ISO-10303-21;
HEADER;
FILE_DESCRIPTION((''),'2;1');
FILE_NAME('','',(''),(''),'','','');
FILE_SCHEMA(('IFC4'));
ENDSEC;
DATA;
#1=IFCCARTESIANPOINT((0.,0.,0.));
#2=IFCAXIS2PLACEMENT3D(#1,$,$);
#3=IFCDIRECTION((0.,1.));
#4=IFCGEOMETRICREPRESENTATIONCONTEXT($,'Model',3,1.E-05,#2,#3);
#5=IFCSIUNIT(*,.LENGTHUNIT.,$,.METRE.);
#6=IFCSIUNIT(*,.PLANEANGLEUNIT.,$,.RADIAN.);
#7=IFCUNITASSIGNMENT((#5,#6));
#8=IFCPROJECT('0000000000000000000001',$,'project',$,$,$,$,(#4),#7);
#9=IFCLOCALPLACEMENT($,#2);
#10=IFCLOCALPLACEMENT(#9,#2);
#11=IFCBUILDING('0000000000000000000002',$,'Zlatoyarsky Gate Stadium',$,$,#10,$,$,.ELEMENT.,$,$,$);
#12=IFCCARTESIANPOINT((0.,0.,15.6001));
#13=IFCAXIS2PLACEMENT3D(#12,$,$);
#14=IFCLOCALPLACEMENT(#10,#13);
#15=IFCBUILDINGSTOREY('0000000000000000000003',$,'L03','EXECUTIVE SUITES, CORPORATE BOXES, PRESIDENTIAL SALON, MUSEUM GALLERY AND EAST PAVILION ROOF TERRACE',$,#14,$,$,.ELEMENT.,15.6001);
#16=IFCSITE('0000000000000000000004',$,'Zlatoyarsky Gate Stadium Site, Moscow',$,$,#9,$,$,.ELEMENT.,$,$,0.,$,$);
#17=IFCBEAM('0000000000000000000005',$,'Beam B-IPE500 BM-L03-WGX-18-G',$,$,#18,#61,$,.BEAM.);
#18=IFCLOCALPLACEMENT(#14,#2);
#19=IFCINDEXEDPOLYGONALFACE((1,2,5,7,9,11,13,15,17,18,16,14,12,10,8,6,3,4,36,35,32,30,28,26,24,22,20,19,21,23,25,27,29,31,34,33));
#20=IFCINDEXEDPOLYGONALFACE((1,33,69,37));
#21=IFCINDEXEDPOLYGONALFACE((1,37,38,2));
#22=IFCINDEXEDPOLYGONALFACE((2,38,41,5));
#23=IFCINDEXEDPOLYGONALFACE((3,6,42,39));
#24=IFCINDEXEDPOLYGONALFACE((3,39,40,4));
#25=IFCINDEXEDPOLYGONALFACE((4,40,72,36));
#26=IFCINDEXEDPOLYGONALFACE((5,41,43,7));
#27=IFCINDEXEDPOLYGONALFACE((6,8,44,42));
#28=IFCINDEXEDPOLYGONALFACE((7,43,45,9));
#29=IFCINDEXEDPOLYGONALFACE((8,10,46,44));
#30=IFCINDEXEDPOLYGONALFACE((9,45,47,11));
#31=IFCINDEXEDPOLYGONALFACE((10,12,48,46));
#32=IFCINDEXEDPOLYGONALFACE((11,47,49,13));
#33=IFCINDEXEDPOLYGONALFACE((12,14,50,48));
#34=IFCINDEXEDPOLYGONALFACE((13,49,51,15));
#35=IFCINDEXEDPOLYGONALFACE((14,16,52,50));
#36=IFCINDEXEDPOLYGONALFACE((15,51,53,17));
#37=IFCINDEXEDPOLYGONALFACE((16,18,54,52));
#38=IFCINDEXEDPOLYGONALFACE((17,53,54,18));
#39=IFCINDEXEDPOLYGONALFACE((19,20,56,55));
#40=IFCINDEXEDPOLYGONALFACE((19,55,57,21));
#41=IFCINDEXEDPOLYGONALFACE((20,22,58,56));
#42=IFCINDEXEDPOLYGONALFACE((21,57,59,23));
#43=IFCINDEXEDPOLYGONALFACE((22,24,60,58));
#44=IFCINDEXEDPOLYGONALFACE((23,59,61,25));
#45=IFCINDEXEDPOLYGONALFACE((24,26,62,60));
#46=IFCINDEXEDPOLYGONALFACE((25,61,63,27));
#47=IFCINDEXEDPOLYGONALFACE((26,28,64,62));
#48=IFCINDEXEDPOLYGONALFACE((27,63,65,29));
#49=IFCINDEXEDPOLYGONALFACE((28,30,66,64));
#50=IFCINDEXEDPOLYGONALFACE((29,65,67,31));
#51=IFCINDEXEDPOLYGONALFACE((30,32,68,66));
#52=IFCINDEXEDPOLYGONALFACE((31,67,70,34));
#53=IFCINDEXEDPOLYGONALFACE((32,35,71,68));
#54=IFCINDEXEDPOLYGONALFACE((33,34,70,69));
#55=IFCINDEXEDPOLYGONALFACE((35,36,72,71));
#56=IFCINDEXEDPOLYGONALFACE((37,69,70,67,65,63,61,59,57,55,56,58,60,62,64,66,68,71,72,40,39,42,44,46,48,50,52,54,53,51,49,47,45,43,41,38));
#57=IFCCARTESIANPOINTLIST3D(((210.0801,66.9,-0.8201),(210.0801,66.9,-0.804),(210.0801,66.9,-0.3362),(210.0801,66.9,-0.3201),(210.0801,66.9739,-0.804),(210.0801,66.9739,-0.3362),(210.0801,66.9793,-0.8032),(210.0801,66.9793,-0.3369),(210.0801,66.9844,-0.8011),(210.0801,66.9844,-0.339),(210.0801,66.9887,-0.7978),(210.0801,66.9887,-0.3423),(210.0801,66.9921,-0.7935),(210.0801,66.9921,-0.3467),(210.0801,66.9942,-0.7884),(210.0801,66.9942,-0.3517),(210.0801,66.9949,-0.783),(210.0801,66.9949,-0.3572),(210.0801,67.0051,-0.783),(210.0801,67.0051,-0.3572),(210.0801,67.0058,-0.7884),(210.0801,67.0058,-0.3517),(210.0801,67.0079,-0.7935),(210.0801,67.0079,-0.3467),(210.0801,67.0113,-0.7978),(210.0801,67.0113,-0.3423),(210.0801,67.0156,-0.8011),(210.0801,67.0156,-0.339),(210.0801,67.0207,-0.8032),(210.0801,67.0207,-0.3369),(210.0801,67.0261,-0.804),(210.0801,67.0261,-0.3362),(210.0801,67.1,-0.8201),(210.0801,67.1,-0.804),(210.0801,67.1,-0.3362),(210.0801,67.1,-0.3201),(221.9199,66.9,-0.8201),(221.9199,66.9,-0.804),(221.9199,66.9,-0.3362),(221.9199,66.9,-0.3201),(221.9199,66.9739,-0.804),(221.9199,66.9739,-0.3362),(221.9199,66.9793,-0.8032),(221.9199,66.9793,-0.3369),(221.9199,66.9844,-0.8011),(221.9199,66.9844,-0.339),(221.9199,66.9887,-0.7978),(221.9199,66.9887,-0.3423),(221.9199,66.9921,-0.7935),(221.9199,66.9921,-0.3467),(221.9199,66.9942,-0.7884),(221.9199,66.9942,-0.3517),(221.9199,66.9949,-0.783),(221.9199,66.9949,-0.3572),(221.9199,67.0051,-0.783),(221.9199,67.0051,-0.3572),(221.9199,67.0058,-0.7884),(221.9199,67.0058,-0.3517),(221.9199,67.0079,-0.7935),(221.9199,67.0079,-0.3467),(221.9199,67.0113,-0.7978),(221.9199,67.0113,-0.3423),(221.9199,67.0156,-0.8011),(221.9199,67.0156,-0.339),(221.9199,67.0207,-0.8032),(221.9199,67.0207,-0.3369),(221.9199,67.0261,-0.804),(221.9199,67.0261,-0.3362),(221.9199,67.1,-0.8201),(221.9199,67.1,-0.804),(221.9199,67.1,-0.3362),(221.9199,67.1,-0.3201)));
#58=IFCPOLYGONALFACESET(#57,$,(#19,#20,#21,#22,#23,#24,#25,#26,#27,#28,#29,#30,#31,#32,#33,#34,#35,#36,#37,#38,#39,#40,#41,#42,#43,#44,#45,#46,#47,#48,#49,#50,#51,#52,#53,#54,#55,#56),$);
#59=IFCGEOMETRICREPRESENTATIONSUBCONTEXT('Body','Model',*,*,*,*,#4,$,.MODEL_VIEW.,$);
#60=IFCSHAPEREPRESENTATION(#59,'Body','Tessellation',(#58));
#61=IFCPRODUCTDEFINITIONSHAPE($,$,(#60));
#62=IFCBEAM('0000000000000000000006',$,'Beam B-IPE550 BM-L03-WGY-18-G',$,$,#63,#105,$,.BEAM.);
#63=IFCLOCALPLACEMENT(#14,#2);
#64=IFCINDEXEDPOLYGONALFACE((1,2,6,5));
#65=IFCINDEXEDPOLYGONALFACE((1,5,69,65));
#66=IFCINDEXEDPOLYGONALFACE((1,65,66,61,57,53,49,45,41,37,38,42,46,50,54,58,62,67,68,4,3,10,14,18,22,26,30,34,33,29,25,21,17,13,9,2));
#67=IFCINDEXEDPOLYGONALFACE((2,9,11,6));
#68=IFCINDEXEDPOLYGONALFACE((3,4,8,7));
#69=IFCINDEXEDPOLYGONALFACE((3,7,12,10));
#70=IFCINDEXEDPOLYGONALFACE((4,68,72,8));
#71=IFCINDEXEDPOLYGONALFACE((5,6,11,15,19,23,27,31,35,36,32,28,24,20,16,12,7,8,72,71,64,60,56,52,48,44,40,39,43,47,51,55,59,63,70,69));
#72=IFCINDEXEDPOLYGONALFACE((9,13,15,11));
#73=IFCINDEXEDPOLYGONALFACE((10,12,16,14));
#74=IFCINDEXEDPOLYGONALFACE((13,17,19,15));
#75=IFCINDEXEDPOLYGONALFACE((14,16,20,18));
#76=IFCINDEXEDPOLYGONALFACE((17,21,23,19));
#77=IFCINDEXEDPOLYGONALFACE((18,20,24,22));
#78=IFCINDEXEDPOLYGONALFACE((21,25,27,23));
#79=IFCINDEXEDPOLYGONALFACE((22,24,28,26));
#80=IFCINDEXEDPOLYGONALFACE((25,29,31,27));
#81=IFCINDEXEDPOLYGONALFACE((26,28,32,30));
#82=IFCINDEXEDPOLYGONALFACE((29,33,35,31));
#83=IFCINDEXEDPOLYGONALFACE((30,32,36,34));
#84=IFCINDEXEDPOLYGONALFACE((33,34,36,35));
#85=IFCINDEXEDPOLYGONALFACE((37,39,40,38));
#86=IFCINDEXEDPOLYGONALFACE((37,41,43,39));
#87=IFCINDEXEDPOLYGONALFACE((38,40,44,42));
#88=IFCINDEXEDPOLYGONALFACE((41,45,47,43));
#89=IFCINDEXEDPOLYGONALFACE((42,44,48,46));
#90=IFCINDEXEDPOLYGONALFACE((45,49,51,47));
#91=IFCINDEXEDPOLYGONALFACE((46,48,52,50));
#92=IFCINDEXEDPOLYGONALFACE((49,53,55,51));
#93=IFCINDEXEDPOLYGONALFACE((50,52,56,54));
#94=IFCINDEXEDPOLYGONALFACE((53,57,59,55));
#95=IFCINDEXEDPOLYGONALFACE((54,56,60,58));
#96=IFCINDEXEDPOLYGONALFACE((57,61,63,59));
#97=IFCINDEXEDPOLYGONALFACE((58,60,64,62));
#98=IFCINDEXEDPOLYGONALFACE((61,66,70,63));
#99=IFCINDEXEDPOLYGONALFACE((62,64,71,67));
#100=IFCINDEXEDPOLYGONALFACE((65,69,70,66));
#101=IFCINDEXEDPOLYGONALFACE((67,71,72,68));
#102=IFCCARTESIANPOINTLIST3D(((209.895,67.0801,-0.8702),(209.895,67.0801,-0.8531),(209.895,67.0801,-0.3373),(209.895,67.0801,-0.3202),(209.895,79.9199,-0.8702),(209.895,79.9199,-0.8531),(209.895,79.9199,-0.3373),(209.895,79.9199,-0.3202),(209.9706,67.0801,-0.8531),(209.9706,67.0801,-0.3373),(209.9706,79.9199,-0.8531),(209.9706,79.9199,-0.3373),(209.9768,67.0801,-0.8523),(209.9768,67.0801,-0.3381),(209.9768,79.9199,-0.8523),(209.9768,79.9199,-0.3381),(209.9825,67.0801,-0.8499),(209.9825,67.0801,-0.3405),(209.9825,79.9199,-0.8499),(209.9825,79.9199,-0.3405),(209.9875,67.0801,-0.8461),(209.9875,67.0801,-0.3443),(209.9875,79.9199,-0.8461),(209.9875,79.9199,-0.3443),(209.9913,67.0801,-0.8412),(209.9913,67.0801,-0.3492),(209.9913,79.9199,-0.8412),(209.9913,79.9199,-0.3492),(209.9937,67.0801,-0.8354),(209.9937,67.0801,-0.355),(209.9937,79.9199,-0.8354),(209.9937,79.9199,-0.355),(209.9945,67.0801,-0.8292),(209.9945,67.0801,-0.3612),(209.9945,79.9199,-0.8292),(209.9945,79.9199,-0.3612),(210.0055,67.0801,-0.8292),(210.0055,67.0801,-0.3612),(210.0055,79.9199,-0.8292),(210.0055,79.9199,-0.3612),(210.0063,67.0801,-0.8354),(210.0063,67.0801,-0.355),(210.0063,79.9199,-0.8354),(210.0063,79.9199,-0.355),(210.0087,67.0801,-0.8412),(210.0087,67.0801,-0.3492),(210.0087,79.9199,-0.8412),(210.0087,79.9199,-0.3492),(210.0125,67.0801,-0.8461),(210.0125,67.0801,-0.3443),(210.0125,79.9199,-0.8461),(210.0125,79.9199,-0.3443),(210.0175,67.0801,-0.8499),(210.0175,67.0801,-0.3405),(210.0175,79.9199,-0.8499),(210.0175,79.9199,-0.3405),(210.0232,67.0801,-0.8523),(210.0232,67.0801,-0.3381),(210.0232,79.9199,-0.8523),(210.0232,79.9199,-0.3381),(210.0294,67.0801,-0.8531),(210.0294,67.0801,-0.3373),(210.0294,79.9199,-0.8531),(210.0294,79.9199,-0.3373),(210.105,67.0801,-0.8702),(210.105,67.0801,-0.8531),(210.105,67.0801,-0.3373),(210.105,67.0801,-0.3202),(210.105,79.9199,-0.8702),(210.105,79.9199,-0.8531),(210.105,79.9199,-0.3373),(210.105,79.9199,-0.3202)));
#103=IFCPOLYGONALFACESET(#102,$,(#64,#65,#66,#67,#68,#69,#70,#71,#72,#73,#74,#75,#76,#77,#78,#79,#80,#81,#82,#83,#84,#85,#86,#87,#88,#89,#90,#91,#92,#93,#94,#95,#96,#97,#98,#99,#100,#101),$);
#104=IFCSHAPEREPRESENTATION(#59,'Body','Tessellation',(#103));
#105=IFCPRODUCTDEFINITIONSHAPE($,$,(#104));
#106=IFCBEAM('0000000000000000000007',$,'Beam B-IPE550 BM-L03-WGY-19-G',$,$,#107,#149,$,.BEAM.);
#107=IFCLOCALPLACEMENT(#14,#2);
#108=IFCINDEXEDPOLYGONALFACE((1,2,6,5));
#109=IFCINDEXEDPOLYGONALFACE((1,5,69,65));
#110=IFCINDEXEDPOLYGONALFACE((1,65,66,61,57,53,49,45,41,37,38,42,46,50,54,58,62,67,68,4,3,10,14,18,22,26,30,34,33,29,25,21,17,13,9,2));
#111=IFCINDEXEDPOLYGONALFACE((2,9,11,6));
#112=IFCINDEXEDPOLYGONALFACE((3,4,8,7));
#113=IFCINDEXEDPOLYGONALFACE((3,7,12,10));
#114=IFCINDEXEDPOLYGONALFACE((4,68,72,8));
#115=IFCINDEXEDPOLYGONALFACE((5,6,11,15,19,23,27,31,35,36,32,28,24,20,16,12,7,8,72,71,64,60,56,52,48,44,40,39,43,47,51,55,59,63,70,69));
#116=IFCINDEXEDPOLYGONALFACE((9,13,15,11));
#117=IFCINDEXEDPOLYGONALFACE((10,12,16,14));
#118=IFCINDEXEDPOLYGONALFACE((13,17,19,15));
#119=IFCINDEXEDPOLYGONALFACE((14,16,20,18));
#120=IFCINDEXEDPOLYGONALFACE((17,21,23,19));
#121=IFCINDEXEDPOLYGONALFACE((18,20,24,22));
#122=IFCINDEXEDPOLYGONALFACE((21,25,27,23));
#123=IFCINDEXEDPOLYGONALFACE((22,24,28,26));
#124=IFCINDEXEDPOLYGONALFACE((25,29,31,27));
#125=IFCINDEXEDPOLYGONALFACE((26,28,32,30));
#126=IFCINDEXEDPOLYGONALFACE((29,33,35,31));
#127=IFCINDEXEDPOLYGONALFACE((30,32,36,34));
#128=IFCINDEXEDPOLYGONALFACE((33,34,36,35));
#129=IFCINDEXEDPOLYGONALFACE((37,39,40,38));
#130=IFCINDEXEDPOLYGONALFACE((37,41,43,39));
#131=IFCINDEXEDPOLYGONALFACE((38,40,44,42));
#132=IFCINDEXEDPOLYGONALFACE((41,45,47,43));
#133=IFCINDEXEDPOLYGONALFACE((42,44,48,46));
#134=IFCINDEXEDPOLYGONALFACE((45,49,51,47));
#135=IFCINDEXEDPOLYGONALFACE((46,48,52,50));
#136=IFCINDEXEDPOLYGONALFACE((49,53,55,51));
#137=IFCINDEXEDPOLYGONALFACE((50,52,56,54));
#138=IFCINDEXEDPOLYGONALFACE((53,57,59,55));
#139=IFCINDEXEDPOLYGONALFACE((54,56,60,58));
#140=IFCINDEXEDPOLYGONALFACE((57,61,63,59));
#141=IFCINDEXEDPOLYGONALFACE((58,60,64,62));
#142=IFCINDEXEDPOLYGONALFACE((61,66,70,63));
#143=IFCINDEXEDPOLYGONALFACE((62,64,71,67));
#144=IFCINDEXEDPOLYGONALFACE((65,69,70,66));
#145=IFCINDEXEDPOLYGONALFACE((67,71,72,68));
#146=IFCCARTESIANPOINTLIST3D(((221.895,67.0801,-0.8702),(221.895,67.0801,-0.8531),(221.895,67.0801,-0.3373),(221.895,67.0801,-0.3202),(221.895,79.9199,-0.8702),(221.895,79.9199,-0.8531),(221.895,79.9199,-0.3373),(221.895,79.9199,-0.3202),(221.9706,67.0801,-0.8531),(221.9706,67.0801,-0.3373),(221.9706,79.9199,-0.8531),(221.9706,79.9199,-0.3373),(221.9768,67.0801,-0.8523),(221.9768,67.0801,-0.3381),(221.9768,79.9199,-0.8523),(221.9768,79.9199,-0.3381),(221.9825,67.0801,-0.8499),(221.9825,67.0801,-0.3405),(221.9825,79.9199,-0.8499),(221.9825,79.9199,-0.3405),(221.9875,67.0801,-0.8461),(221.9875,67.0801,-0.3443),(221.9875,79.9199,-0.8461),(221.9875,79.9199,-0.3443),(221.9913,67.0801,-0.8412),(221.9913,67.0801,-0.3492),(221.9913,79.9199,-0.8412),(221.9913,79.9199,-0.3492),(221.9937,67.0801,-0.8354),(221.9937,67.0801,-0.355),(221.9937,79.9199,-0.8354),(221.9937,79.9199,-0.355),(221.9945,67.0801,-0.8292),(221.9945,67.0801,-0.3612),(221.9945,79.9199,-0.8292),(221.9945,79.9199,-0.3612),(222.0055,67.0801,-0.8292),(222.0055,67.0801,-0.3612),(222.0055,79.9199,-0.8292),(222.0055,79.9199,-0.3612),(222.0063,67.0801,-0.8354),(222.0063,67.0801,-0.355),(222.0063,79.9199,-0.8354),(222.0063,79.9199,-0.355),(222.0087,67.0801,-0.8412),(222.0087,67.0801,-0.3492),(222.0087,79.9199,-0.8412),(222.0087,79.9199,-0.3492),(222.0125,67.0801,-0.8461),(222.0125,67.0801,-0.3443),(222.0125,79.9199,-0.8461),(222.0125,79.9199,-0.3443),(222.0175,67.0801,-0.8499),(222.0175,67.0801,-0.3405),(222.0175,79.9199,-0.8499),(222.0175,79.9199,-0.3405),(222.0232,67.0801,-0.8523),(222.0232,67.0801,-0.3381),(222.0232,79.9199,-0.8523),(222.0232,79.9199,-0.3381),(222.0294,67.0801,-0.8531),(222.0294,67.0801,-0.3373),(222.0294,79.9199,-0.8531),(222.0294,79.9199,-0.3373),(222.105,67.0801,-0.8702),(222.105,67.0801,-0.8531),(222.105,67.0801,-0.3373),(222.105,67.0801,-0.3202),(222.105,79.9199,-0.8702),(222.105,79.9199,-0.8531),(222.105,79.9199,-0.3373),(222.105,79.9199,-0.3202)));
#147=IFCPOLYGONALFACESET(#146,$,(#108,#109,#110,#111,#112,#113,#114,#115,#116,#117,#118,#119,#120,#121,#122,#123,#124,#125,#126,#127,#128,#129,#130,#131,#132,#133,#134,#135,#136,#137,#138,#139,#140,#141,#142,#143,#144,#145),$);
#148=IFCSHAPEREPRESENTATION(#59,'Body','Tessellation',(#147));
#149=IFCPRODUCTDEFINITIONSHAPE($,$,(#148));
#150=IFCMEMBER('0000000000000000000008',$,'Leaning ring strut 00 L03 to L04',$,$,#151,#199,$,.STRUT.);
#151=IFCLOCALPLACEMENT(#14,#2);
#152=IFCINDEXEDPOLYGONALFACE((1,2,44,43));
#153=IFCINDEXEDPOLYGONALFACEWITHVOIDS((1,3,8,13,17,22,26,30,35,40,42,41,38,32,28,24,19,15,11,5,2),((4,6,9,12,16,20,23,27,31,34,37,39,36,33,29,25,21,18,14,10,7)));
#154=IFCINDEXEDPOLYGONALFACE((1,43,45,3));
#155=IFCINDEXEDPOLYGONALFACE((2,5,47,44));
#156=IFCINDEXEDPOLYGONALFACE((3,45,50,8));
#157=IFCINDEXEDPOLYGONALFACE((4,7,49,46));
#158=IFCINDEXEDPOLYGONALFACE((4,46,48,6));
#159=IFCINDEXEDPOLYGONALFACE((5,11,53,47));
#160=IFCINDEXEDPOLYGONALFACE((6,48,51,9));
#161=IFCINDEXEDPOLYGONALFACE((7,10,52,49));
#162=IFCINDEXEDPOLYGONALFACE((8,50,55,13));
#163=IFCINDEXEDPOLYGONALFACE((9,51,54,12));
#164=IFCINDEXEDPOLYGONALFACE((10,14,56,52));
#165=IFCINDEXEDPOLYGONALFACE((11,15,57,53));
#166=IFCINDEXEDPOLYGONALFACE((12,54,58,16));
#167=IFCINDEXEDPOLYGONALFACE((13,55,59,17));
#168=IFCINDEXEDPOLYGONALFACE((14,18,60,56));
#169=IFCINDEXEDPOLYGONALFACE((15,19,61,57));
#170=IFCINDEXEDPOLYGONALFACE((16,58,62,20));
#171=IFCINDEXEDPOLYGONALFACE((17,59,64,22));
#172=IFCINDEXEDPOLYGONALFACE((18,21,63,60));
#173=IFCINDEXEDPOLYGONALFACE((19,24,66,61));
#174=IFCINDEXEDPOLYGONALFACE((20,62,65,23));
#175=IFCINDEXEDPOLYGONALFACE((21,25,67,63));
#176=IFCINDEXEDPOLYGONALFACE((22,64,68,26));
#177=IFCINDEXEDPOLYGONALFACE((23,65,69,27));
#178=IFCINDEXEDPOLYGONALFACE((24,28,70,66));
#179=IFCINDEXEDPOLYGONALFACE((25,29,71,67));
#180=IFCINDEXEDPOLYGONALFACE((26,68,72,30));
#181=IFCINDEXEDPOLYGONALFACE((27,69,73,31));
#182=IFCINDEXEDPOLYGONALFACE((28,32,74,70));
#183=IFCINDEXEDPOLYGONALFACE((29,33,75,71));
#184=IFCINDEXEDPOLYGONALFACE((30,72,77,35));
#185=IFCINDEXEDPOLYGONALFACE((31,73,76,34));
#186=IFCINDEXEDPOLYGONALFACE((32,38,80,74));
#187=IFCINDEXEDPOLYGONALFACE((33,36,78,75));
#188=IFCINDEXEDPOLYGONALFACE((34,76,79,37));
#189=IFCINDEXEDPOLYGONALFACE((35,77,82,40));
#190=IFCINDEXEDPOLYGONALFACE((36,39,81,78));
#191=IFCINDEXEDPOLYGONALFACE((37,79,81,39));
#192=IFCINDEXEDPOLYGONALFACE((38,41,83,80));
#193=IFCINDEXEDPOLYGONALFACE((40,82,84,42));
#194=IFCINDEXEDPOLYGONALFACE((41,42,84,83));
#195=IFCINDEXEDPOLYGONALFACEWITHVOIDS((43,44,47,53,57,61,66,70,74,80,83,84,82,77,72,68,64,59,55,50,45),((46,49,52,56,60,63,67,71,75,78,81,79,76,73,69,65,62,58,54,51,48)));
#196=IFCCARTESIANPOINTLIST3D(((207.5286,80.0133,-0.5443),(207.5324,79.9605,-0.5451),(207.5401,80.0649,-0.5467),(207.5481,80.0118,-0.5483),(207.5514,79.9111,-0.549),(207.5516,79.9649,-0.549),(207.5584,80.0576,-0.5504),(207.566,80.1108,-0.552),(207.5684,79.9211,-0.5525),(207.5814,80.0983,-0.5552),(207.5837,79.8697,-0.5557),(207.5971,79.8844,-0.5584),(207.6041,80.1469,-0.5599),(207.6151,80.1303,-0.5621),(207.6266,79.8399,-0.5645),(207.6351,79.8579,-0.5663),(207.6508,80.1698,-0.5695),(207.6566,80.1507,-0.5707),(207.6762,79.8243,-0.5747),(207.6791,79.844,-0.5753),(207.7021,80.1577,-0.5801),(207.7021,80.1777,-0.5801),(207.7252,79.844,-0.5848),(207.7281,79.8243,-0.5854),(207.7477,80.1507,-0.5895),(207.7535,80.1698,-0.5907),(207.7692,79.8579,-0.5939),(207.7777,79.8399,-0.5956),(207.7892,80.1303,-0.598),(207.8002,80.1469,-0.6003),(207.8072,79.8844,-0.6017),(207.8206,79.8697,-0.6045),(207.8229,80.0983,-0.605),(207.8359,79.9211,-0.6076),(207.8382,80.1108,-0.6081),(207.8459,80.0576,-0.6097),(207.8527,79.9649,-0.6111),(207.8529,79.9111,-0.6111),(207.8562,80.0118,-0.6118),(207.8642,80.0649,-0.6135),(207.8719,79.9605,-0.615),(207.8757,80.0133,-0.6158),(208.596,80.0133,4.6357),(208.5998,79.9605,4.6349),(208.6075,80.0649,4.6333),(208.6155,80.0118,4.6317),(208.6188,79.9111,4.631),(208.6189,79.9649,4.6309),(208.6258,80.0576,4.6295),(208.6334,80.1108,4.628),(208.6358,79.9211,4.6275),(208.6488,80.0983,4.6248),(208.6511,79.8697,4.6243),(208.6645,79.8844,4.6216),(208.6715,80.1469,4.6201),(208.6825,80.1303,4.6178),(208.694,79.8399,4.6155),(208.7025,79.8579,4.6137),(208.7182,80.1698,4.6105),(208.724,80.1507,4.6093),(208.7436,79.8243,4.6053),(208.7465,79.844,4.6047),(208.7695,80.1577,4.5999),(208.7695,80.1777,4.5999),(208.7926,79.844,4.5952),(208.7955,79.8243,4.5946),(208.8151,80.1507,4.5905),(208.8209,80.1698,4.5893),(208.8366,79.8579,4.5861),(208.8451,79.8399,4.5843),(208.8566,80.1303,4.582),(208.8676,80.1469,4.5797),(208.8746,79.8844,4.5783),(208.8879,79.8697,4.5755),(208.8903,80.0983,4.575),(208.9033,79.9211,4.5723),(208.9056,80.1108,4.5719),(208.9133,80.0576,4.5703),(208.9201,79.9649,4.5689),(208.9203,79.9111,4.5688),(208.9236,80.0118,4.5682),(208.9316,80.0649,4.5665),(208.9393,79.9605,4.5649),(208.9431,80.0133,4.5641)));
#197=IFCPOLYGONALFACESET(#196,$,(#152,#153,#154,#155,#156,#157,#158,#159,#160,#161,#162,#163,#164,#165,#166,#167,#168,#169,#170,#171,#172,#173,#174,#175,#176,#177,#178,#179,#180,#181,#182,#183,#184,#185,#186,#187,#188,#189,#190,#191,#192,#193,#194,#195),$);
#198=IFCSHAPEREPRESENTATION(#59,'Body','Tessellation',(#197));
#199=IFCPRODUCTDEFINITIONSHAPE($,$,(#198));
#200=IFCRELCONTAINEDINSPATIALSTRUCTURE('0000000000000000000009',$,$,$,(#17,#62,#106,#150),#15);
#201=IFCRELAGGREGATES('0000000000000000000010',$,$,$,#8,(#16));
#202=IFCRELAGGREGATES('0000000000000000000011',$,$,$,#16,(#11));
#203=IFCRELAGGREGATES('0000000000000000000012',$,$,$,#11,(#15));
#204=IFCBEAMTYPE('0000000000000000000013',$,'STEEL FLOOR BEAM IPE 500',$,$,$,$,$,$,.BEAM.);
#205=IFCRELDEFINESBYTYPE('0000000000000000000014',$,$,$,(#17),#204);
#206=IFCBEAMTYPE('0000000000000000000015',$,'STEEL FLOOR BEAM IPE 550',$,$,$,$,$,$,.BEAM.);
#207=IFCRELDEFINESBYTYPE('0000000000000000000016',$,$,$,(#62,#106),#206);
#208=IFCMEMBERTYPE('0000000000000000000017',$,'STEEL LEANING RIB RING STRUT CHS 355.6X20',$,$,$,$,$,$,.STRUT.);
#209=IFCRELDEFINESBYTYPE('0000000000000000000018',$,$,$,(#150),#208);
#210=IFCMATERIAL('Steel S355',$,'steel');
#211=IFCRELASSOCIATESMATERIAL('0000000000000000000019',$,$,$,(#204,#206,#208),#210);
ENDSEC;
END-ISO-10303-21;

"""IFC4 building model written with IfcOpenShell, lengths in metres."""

from ifc_helpers import new_model, si_unit, direction, frame, origin, origin_2d, place, context, subcontext, project, spatial, hollow_circle, i_section, extrude, material, material_profile, profile_set, type_object, element, save


model = new_model("IFC4")

# Units and contexts
model_context = context("Model", 3, precision=1e-05, world=origin(), true_north=direction((0.0, 1.0)))
body_context = subcontext(model_context, "Body", "Model", "MODEL_VIEW")
ifc_project = project(units=[si_unit("LENGTHUNIT", "METRE"), si_unit("PLANEANGLEUNIT", "RADIAN")], contexts=[model_context])

# Site, building, storey
site_placement = place(None, origin())
site = spatial("IfcSite", under=ifc_project, at=site_placement, Name="Zlatoyarsky Gate Stadium Site, Moscow", CompositionType="ELEMENT", RefElevation=0.0)
building_placement = place(site_placement, origin())
building = spatial("IfcBuilding", under=site, at=building_placement, Name="Zlatoyarsky Gate Stadium", CompositionType="ELEMENT")
storey_placement = place(building_placement, frame((0.0, 0.0, 15.6001)))
storey = spatial("IfcBuildingStorey", under=building, at=storey_placement, Name="L03", Description="EXECUTIVE SUITES, CORPORATE BOXES, PRESIDENTIAL SALON, MUSEUM GALLERY AND EAST PAVILION ROOF TERRACE", CompositionType="ELEMENT", Elevation=15.6001)

# Shared definitions
ifc_material_1 = material(Name="Steel S355", Category="steel")

# Beams
ifc_material_profile_1 = material_profile(ifc_material_1, i_section(OverallWidth=0.2, OverallDepth=0.5, WebThickness=0.0103, FlangeThickness=0.0161, FilletRadius=0.021, at=origin_2d()), Name="IPE 500")
ifc_profile_set_1 = profile_set([ifc_material_profile_1], Name="Steel S355")
beam_type_1 = type_object("IfcBeamType", Name="STEEL FLOOR BEAM IPE 500", PredefinedType="BEAM", material=ifc_profile_set_1)
beam_placement = place(storey_placement, frame((210.0801, 67.0, -0.5701), z_axis=(1.0, 0.0, 0.0), x_axis=(0.0, 1.0, 0.0)))
element("IfcBeam", 1, at=beam_placement, inside=storey, type_object=beam_type_1, Name="Beam B-IPE500 BM-L03-WGX-18-G", PredefinedType="BEAM", context=body_context, shape_type="SweptSolid", body=[
    extrude(i_section(OverallWidth=0.2, OverallDepth=0.5, WebThickness=0.0103, FlangeThickness=0.0161, FilletRadius=0.021, at=origin_2d()), origin(), (0.0, 0.0, 1.0), 11.8398),
])
ifc_material_profile_2 = material_profile(ifc_material_1, i_section(OverallWidth=0.21, OverallDepth=0.55, WebThickness=0.011, FlangeThickness=0.0171, FilletRadius=0.0239, at=origin_2d()), Name="IPE 550")
ifc_profile_set_2 = profile_set([ifc_material_profile_2], Name="Steel S355")
beam_type_2 = type_object("IfcBeamType", Name="STEEL FLOOR BEAM IPE 550", PredefinedType="BEAM", material=ifc_profile_set_2)
for number, where, z_axis, x_axis, name in (
    (2, (210.0, 67.0801, -0.5952), (0.0, 1.0, 0.0), (-1.0, 0.0, 0.0), "Beam B-IPE550 BM-L03-WGY-18-G"),
    (3, (222.0, 67.0801, -0.5952), (0.0, 1.0, 0.0), (-1.0, 0.0, 0.0), "Beam B-IPE550 BM-L03-WGY-19-G"),
):
    element("IfcBeam", number, at=place(storey_placement, frame(where, z_axis=z_axis, x_axis=x_axis)), inside=storey, type_object=beam_type_2, Name=name, PredefinedType="BEAM", context=body_context, shape_type="SweptSolid", body=[
        extrude(i_section(OverallWidth=0.21, OverallDepth=0.55, WebThickness=0.011, FlangeThickness=0.0171, FilletRadius=0.0239, at=origin_2d()), origin(), (0.0, 0.0, 1.0), 12.8398),
    ])

# Member
ifc_material_profile_3 = material_profile(ifc_material_1, hollow_circle(Radius=0.1777, WallThickness=0.02, at=origin_2d()), Name="CHS 355.6X20")
ifc_profile_set_3 = profile_set([ifc_material_profile_3], Name="Steel S355")
member_type_1 = type_object("IfcMemberType", Name="STEEL LEANING RIB RING STRUT CHS 355.6X20", PredefinedType="STRUT", material=ifc_profile_set_3)
member_1_placement = place(storey_placement, frame((207.7021, 80.0, -0.5801), z_axis=(0.201821, 0.0, 0.979422), x_axis=(0.0, 1.0, 0.0)))
element("IfcMember", 4, at=member_1_placement, inside=storey, type_object=member_type_1, Name="Leaning ring strut 00 L03 to L04", PredefinedType="STRUT", context=body_context, shape_type="SweptSolid", body=[
    extrude(hollow_circle(Radius=0.1777, WallThickness=0.02, at=origin_2d()), origin(), (0.0, 0.0, 1.0), 5.2888),
])

save(model, "model.ifc")
